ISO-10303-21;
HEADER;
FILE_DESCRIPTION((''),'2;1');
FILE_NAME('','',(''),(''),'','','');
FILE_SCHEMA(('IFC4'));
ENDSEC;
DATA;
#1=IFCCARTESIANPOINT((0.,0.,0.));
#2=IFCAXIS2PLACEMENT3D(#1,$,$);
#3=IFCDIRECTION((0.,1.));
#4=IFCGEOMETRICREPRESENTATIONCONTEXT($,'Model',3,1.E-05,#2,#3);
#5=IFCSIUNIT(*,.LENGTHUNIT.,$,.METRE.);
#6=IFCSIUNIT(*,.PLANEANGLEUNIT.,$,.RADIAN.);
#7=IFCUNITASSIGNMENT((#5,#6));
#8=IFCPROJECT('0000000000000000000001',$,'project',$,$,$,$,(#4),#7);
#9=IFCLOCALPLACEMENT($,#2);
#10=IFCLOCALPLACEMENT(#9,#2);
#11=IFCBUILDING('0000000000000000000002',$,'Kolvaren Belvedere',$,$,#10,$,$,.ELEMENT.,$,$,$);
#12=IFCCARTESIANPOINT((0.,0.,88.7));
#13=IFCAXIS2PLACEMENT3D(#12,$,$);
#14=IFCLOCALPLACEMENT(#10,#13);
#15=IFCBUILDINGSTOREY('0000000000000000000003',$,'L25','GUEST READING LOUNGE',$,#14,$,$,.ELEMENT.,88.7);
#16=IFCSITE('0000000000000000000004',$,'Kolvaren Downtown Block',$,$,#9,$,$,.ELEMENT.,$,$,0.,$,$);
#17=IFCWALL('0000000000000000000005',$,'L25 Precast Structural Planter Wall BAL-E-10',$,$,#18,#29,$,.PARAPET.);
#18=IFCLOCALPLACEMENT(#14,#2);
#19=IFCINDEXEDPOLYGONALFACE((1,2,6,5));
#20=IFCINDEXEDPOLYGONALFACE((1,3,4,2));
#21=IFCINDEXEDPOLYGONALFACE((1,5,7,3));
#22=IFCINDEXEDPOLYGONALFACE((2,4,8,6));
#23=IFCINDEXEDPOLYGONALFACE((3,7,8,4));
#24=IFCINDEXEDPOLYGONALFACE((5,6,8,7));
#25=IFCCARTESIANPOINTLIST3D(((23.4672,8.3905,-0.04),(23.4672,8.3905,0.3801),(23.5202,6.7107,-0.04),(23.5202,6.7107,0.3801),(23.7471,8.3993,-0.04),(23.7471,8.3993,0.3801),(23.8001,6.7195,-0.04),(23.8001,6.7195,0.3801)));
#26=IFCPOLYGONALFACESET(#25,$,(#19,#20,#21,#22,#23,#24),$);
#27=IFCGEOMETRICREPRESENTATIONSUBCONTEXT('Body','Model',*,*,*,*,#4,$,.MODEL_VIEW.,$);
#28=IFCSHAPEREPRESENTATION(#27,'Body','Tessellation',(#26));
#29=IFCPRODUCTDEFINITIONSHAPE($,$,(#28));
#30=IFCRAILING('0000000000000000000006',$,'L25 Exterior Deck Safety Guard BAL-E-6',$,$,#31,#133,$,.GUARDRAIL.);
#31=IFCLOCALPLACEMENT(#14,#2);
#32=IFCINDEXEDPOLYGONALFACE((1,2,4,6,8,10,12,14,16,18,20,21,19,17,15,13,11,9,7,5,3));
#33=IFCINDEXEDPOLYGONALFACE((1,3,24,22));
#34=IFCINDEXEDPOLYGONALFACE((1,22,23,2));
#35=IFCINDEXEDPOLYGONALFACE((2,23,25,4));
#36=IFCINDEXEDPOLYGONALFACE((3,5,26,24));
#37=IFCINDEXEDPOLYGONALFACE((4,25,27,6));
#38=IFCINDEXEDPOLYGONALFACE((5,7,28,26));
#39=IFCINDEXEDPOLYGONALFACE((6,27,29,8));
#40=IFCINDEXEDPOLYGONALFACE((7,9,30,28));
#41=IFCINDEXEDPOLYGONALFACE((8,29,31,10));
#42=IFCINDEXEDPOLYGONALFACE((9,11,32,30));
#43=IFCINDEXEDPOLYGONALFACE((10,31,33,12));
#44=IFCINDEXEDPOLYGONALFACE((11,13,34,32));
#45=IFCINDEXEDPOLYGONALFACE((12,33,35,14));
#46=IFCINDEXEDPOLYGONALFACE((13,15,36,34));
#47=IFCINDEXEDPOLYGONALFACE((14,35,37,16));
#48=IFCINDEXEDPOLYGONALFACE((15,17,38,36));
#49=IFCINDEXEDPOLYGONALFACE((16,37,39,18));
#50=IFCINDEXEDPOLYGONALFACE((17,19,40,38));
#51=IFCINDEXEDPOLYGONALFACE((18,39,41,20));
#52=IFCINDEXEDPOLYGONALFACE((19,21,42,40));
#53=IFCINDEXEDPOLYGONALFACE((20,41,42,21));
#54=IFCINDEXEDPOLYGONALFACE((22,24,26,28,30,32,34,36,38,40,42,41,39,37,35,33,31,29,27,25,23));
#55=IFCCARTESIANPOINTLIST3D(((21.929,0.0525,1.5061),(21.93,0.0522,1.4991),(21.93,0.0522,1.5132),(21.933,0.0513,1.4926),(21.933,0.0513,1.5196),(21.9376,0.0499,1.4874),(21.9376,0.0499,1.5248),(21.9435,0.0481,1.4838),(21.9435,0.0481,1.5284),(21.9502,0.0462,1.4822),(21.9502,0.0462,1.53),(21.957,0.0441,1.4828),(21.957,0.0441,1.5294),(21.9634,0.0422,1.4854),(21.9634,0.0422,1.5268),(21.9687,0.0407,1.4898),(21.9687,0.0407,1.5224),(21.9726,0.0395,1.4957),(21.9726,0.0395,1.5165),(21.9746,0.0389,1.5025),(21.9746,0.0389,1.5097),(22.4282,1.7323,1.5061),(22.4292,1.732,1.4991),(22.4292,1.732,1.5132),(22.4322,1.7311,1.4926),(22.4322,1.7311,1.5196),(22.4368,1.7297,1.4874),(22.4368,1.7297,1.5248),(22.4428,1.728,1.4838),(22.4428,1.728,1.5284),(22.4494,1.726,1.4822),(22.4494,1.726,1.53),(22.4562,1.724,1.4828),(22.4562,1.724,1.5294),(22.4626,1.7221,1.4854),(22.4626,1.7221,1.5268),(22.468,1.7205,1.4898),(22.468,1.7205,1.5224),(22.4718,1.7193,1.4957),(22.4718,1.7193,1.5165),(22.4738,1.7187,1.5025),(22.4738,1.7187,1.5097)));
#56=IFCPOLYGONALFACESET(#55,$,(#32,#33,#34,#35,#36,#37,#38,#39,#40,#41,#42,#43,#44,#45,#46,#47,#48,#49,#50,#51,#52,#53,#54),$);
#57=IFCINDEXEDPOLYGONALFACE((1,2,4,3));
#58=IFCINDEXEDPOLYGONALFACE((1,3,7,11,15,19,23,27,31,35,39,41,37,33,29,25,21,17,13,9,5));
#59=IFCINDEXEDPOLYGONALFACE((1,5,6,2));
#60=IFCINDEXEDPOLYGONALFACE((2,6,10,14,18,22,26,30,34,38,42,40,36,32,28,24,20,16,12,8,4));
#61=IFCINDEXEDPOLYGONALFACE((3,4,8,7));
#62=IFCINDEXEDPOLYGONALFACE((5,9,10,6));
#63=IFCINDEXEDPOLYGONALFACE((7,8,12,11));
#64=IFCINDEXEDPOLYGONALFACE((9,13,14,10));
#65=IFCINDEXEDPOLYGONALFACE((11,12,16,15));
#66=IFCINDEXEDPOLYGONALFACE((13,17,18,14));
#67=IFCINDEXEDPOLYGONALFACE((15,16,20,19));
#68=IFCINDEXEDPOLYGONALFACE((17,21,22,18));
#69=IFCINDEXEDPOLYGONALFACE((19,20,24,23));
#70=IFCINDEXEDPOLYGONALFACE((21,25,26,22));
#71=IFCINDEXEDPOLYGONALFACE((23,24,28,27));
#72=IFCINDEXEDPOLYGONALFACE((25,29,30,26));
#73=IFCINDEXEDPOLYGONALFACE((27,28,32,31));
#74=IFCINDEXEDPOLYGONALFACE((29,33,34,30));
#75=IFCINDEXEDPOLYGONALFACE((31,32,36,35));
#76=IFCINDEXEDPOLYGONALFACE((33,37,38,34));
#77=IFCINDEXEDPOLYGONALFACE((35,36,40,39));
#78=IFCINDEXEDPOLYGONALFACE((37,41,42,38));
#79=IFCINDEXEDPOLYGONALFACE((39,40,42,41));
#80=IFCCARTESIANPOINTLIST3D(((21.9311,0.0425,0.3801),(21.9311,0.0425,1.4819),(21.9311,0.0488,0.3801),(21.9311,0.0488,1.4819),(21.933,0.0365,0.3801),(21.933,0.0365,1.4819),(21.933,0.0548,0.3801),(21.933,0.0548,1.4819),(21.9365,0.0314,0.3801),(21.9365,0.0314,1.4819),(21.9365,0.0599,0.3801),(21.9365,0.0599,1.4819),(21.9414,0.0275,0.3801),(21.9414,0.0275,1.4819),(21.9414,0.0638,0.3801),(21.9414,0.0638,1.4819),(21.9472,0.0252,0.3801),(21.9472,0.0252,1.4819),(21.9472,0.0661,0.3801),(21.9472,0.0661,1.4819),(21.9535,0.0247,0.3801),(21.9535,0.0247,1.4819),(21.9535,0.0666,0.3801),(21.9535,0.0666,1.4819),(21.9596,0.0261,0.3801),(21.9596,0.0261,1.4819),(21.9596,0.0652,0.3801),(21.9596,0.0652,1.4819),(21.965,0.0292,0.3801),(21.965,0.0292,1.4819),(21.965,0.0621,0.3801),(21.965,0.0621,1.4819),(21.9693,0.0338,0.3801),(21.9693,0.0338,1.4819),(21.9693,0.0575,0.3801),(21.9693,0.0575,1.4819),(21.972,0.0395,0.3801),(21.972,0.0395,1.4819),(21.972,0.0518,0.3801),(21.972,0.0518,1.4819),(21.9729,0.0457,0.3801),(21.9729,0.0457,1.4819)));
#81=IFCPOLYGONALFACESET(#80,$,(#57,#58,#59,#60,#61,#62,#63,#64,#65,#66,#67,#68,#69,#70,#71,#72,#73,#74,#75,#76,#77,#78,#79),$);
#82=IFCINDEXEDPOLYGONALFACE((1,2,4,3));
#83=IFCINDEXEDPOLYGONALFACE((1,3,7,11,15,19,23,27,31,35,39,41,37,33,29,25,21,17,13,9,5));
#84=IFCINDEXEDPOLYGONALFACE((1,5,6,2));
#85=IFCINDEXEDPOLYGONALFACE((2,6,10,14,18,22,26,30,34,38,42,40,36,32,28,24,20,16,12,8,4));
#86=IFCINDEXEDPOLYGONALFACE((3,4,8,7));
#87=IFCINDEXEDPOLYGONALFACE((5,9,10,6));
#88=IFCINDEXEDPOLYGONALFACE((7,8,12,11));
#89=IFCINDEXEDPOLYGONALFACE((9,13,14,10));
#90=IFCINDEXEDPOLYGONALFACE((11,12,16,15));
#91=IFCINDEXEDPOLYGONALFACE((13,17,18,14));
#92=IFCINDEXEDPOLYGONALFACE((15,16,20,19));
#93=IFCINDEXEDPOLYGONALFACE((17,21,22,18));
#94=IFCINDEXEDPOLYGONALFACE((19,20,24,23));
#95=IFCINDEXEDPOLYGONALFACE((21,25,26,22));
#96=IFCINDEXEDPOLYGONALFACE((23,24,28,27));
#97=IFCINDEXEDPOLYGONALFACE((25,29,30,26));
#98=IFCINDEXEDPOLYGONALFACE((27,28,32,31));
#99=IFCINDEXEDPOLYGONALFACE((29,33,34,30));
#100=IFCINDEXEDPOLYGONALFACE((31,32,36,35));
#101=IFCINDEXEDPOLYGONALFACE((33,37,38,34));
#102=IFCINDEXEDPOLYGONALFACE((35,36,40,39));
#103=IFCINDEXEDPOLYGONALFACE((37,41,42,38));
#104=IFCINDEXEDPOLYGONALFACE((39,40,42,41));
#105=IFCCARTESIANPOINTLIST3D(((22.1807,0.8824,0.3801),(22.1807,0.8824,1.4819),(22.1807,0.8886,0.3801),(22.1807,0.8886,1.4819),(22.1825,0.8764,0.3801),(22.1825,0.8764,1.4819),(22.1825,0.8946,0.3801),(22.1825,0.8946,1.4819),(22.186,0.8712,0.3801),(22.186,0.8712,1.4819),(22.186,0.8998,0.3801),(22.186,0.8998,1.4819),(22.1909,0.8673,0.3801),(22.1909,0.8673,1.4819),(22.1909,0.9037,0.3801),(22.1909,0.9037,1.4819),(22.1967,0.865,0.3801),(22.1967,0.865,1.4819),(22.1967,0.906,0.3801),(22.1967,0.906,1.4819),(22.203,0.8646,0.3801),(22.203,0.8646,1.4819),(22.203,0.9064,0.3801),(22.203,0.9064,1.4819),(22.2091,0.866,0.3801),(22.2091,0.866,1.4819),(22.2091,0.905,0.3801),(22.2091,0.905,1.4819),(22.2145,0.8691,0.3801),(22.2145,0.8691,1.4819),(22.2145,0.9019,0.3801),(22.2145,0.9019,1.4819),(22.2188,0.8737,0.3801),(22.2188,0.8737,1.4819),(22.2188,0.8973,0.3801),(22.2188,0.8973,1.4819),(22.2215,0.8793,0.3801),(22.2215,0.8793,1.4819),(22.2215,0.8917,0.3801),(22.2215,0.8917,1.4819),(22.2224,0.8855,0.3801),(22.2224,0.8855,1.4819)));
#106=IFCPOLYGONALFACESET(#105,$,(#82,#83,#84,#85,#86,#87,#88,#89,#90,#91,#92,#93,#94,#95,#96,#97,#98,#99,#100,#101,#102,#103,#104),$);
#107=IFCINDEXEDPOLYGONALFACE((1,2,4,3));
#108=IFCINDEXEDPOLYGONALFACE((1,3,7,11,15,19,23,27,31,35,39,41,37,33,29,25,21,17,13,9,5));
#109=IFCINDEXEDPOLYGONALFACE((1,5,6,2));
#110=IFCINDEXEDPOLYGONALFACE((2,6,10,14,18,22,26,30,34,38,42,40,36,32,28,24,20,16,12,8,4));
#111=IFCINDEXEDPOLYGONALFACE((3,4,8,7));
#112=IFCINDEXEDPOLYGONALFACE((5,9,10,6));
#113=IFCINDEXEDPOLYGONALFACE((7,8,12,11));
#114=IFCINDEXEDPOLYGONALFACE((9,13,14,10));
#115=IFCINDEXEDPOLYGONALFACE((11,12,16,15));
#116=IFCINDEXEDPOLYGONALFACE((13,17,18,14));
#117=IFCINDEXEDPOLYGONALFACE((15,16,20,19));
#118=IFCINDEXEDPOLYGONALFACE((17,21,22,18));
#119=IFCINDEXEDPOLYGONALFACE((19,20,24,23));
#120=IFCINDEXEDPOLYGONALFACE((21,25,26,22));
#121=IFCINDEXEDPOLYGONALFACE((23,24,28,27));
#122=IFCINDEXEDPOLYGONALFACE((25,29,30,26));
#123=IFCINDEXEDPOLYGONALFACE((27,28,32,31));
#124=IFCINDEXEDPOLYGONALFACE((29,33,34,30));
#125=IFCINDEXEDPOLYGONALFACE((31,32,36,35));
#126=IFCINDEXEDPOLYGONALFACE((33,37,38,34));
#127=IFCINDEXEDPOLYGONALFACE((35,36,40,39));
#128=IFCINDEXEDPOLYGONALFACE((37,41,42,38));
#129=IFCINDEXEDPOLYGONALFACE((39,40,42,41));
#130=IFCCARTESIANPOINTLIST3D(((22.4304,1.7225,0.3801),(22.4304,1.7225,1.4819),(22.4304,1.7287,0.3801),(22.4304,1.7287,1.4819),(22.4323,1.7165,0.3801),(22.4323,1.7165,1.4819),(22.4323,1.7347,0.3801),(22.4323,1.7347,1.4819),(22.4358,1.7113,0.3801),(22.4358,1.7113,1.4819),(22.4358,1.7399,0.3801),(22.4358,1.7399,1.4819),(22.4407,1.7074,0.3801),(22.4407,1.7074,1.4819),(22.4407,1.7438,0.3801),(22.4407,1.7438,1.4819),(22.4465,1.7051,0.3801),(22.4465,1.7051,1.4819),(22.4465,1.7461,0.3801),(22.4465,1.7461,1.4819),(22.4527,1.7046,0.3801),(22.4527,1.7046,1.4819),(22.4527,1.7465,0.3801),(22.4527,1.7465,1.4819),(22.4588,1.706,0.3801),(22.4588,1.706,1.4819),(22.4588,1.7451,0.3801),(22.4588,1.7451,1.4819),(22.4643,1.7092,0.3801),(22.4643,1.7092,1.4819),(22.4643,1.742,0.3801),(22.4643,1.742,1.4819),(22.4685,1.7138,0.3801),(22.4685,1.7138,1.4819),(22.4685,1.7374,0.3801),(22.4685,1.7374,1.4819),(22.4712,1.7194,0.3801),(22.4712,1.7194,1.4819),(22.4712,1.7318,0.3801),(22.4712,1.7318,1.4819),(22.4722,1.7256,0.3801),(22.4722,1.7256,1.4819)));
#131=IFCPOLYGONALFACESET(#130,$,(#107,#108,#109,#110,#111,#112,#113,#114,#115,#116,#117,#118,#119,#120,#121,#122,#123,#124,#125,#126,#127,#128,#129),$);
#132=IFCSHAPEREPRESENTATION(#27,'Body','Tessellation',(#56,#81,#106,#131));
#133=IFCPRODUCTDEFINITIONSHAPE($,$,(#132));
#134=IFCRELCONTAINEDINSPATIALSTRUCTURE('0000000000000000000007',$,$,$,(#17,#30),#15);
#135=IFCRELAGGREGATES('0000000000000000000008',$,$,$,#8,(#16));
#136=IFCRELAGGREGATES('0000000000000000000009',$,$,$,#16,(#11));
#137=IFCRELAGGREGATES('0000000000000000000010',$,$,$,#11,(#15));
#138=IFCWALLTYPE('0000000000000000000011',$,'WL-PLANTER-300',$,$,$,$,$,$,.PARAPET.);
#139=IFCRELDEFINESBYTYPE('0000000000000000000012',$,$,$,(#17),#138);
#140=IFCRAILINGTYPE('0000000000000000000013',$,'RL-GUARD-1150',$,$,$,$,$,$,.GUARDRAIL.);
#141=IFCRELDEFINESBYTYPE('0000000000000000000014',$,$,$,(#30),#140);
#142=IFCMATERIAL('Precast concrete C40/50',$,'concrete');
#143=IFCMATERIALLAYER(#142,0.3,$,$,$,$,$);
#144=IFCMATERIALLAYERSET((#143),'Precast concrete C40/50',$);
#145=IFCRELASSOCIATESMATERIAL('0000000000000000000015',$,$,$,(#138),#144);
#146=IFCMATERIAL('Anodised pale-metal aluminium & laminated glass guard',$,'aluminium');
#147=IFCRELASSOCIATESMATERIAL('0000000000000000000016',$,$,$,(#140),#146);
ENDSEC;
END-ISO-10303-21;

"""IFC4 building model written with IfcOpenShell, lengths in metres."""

from ifc_helpers import new_model, si_unit, direction, frame, frame_2d, origin, origin_2d, place, context, subcontext, project, spatial, rectangle, circle, extrude, material, layer, layer_set, type_object, element, save


model = new_model("IFC4")

# Units and contexts
model_context = context("Model", 3, precision=1e-05, world=origin(), true_north=direction((0.0, 1.0)))
body_context = subcontext(model_context, "Body", "Model", "MODEL_VIEW")
ifc_project = project(units=[si_unit("LENGTHUNIT", "METRE"), si_unit("PLANEANGLEUNIT", "RADIAN")], contexts=[model_context])

# Site, building, storey
site_placement = place(None, origin())
site = spatial("IfcSite", under=ifc_project, at=site_placement, Name="Kolvaren Downtown Block", CompositionType="ELEMENT", RefElevation=0.0)
building_placement = place(site_placement, origin())
building = spatial("IfcBuilding", under=site, at=building_placement, Name="Kolvaren Belvedere", CompositionType="ELEMENT")
storey_placement = place(building_placement, frame((0.0, 0.0, 88.7)))
storey = spatial("IfcBuildingStorey", under=building, at=storey_placement, Name="L25", Description="GUEST READING LOUNGE", CompositionType="ELEMENT", Elevation=88.7)

# Wall
ifc_material_1 = material(Name="Precast concrete C40/50", Category="concrete")
ifc_layer_1 = layer(ifc_material_1, 0.3)
ifc_layer_set_1 = layer_set([ifc_layer_1], Name="Precast concrete C40/50")
wall_type_1 = type_object("IfcWallType", Name="WL-PLANTER-300", PredefinedType="PARAPET", material=ifc_layer_set_1)
wall_1_placement = place(storey_placement, frame((23.6602, 6.7151, -0.04), z_axis=(0.0, 0.0, 1.0), x_axis=(-0.03152, 0.999503, 0.0)))
element("IfcWall", 1, at=wall_1_placement, inside=storey, type_object=wall_type_1, Name="L25 Precast Structural Planter Wall BAL-E-10", PredefinedType="PARAPET", context=body_context, shape_type="SweptSolid", body=[
    extrude(rectangle(XDim=1.6807, YDim=0.28, at=frame_2d((0.8403, 0.0))), origin(), (0.0, 0.0, 1.0), 0.4202),
])

# Railing
ifc_material_2 = material(Name="Anodised pale-metal aluminium & laminated glass guard", Category="aluminium")
railing_type = type_object("IfcRailingType", Name="RL-GUARD-1150", PredefinedType="GUARDRAIL", material=ifc_material_2)
railing_1_placement = place(storey_placement, frame((21.9519, 0.0457, 0.3801)))
element("IfcRailing", 2, at=railing_1_placement, inside=storey, type_object=railing_type, Name="L25 Exterior Deck Safety Guard BAL-E-6", PredefinedType="GUARDRAIL", context=body_context, shape_type="SweptSolid", body=[
    extrude(circle(Radius=0.0239, at=origin_2d()), frame((0.0, 0.0, 1.126), z_axis=(0.28488, 0.958563, 0.0), x_axis=(-0.958563, 0.28488, 0.0)), (0.0, 0.0, 1.0), 1.7524),
    extrude(circle(Radius=0.021, at=origin_2d()), origin(), (0.0, 0.0, 1.0), 1.1018),
    extrude(circle(Radius=0.021, at=origin_2d()), frame((0.2495, 0.8398, 0.0)), (0.0, 0.0, 1.0), 1.1018),
    extrude(circle(Radius=0.021, at=origin_2d()), frame((0.4993, 1.6799, 0.0)), (0.0, 0.0, 1.0), 1.1018),
])

save(model, "model.ifc")
